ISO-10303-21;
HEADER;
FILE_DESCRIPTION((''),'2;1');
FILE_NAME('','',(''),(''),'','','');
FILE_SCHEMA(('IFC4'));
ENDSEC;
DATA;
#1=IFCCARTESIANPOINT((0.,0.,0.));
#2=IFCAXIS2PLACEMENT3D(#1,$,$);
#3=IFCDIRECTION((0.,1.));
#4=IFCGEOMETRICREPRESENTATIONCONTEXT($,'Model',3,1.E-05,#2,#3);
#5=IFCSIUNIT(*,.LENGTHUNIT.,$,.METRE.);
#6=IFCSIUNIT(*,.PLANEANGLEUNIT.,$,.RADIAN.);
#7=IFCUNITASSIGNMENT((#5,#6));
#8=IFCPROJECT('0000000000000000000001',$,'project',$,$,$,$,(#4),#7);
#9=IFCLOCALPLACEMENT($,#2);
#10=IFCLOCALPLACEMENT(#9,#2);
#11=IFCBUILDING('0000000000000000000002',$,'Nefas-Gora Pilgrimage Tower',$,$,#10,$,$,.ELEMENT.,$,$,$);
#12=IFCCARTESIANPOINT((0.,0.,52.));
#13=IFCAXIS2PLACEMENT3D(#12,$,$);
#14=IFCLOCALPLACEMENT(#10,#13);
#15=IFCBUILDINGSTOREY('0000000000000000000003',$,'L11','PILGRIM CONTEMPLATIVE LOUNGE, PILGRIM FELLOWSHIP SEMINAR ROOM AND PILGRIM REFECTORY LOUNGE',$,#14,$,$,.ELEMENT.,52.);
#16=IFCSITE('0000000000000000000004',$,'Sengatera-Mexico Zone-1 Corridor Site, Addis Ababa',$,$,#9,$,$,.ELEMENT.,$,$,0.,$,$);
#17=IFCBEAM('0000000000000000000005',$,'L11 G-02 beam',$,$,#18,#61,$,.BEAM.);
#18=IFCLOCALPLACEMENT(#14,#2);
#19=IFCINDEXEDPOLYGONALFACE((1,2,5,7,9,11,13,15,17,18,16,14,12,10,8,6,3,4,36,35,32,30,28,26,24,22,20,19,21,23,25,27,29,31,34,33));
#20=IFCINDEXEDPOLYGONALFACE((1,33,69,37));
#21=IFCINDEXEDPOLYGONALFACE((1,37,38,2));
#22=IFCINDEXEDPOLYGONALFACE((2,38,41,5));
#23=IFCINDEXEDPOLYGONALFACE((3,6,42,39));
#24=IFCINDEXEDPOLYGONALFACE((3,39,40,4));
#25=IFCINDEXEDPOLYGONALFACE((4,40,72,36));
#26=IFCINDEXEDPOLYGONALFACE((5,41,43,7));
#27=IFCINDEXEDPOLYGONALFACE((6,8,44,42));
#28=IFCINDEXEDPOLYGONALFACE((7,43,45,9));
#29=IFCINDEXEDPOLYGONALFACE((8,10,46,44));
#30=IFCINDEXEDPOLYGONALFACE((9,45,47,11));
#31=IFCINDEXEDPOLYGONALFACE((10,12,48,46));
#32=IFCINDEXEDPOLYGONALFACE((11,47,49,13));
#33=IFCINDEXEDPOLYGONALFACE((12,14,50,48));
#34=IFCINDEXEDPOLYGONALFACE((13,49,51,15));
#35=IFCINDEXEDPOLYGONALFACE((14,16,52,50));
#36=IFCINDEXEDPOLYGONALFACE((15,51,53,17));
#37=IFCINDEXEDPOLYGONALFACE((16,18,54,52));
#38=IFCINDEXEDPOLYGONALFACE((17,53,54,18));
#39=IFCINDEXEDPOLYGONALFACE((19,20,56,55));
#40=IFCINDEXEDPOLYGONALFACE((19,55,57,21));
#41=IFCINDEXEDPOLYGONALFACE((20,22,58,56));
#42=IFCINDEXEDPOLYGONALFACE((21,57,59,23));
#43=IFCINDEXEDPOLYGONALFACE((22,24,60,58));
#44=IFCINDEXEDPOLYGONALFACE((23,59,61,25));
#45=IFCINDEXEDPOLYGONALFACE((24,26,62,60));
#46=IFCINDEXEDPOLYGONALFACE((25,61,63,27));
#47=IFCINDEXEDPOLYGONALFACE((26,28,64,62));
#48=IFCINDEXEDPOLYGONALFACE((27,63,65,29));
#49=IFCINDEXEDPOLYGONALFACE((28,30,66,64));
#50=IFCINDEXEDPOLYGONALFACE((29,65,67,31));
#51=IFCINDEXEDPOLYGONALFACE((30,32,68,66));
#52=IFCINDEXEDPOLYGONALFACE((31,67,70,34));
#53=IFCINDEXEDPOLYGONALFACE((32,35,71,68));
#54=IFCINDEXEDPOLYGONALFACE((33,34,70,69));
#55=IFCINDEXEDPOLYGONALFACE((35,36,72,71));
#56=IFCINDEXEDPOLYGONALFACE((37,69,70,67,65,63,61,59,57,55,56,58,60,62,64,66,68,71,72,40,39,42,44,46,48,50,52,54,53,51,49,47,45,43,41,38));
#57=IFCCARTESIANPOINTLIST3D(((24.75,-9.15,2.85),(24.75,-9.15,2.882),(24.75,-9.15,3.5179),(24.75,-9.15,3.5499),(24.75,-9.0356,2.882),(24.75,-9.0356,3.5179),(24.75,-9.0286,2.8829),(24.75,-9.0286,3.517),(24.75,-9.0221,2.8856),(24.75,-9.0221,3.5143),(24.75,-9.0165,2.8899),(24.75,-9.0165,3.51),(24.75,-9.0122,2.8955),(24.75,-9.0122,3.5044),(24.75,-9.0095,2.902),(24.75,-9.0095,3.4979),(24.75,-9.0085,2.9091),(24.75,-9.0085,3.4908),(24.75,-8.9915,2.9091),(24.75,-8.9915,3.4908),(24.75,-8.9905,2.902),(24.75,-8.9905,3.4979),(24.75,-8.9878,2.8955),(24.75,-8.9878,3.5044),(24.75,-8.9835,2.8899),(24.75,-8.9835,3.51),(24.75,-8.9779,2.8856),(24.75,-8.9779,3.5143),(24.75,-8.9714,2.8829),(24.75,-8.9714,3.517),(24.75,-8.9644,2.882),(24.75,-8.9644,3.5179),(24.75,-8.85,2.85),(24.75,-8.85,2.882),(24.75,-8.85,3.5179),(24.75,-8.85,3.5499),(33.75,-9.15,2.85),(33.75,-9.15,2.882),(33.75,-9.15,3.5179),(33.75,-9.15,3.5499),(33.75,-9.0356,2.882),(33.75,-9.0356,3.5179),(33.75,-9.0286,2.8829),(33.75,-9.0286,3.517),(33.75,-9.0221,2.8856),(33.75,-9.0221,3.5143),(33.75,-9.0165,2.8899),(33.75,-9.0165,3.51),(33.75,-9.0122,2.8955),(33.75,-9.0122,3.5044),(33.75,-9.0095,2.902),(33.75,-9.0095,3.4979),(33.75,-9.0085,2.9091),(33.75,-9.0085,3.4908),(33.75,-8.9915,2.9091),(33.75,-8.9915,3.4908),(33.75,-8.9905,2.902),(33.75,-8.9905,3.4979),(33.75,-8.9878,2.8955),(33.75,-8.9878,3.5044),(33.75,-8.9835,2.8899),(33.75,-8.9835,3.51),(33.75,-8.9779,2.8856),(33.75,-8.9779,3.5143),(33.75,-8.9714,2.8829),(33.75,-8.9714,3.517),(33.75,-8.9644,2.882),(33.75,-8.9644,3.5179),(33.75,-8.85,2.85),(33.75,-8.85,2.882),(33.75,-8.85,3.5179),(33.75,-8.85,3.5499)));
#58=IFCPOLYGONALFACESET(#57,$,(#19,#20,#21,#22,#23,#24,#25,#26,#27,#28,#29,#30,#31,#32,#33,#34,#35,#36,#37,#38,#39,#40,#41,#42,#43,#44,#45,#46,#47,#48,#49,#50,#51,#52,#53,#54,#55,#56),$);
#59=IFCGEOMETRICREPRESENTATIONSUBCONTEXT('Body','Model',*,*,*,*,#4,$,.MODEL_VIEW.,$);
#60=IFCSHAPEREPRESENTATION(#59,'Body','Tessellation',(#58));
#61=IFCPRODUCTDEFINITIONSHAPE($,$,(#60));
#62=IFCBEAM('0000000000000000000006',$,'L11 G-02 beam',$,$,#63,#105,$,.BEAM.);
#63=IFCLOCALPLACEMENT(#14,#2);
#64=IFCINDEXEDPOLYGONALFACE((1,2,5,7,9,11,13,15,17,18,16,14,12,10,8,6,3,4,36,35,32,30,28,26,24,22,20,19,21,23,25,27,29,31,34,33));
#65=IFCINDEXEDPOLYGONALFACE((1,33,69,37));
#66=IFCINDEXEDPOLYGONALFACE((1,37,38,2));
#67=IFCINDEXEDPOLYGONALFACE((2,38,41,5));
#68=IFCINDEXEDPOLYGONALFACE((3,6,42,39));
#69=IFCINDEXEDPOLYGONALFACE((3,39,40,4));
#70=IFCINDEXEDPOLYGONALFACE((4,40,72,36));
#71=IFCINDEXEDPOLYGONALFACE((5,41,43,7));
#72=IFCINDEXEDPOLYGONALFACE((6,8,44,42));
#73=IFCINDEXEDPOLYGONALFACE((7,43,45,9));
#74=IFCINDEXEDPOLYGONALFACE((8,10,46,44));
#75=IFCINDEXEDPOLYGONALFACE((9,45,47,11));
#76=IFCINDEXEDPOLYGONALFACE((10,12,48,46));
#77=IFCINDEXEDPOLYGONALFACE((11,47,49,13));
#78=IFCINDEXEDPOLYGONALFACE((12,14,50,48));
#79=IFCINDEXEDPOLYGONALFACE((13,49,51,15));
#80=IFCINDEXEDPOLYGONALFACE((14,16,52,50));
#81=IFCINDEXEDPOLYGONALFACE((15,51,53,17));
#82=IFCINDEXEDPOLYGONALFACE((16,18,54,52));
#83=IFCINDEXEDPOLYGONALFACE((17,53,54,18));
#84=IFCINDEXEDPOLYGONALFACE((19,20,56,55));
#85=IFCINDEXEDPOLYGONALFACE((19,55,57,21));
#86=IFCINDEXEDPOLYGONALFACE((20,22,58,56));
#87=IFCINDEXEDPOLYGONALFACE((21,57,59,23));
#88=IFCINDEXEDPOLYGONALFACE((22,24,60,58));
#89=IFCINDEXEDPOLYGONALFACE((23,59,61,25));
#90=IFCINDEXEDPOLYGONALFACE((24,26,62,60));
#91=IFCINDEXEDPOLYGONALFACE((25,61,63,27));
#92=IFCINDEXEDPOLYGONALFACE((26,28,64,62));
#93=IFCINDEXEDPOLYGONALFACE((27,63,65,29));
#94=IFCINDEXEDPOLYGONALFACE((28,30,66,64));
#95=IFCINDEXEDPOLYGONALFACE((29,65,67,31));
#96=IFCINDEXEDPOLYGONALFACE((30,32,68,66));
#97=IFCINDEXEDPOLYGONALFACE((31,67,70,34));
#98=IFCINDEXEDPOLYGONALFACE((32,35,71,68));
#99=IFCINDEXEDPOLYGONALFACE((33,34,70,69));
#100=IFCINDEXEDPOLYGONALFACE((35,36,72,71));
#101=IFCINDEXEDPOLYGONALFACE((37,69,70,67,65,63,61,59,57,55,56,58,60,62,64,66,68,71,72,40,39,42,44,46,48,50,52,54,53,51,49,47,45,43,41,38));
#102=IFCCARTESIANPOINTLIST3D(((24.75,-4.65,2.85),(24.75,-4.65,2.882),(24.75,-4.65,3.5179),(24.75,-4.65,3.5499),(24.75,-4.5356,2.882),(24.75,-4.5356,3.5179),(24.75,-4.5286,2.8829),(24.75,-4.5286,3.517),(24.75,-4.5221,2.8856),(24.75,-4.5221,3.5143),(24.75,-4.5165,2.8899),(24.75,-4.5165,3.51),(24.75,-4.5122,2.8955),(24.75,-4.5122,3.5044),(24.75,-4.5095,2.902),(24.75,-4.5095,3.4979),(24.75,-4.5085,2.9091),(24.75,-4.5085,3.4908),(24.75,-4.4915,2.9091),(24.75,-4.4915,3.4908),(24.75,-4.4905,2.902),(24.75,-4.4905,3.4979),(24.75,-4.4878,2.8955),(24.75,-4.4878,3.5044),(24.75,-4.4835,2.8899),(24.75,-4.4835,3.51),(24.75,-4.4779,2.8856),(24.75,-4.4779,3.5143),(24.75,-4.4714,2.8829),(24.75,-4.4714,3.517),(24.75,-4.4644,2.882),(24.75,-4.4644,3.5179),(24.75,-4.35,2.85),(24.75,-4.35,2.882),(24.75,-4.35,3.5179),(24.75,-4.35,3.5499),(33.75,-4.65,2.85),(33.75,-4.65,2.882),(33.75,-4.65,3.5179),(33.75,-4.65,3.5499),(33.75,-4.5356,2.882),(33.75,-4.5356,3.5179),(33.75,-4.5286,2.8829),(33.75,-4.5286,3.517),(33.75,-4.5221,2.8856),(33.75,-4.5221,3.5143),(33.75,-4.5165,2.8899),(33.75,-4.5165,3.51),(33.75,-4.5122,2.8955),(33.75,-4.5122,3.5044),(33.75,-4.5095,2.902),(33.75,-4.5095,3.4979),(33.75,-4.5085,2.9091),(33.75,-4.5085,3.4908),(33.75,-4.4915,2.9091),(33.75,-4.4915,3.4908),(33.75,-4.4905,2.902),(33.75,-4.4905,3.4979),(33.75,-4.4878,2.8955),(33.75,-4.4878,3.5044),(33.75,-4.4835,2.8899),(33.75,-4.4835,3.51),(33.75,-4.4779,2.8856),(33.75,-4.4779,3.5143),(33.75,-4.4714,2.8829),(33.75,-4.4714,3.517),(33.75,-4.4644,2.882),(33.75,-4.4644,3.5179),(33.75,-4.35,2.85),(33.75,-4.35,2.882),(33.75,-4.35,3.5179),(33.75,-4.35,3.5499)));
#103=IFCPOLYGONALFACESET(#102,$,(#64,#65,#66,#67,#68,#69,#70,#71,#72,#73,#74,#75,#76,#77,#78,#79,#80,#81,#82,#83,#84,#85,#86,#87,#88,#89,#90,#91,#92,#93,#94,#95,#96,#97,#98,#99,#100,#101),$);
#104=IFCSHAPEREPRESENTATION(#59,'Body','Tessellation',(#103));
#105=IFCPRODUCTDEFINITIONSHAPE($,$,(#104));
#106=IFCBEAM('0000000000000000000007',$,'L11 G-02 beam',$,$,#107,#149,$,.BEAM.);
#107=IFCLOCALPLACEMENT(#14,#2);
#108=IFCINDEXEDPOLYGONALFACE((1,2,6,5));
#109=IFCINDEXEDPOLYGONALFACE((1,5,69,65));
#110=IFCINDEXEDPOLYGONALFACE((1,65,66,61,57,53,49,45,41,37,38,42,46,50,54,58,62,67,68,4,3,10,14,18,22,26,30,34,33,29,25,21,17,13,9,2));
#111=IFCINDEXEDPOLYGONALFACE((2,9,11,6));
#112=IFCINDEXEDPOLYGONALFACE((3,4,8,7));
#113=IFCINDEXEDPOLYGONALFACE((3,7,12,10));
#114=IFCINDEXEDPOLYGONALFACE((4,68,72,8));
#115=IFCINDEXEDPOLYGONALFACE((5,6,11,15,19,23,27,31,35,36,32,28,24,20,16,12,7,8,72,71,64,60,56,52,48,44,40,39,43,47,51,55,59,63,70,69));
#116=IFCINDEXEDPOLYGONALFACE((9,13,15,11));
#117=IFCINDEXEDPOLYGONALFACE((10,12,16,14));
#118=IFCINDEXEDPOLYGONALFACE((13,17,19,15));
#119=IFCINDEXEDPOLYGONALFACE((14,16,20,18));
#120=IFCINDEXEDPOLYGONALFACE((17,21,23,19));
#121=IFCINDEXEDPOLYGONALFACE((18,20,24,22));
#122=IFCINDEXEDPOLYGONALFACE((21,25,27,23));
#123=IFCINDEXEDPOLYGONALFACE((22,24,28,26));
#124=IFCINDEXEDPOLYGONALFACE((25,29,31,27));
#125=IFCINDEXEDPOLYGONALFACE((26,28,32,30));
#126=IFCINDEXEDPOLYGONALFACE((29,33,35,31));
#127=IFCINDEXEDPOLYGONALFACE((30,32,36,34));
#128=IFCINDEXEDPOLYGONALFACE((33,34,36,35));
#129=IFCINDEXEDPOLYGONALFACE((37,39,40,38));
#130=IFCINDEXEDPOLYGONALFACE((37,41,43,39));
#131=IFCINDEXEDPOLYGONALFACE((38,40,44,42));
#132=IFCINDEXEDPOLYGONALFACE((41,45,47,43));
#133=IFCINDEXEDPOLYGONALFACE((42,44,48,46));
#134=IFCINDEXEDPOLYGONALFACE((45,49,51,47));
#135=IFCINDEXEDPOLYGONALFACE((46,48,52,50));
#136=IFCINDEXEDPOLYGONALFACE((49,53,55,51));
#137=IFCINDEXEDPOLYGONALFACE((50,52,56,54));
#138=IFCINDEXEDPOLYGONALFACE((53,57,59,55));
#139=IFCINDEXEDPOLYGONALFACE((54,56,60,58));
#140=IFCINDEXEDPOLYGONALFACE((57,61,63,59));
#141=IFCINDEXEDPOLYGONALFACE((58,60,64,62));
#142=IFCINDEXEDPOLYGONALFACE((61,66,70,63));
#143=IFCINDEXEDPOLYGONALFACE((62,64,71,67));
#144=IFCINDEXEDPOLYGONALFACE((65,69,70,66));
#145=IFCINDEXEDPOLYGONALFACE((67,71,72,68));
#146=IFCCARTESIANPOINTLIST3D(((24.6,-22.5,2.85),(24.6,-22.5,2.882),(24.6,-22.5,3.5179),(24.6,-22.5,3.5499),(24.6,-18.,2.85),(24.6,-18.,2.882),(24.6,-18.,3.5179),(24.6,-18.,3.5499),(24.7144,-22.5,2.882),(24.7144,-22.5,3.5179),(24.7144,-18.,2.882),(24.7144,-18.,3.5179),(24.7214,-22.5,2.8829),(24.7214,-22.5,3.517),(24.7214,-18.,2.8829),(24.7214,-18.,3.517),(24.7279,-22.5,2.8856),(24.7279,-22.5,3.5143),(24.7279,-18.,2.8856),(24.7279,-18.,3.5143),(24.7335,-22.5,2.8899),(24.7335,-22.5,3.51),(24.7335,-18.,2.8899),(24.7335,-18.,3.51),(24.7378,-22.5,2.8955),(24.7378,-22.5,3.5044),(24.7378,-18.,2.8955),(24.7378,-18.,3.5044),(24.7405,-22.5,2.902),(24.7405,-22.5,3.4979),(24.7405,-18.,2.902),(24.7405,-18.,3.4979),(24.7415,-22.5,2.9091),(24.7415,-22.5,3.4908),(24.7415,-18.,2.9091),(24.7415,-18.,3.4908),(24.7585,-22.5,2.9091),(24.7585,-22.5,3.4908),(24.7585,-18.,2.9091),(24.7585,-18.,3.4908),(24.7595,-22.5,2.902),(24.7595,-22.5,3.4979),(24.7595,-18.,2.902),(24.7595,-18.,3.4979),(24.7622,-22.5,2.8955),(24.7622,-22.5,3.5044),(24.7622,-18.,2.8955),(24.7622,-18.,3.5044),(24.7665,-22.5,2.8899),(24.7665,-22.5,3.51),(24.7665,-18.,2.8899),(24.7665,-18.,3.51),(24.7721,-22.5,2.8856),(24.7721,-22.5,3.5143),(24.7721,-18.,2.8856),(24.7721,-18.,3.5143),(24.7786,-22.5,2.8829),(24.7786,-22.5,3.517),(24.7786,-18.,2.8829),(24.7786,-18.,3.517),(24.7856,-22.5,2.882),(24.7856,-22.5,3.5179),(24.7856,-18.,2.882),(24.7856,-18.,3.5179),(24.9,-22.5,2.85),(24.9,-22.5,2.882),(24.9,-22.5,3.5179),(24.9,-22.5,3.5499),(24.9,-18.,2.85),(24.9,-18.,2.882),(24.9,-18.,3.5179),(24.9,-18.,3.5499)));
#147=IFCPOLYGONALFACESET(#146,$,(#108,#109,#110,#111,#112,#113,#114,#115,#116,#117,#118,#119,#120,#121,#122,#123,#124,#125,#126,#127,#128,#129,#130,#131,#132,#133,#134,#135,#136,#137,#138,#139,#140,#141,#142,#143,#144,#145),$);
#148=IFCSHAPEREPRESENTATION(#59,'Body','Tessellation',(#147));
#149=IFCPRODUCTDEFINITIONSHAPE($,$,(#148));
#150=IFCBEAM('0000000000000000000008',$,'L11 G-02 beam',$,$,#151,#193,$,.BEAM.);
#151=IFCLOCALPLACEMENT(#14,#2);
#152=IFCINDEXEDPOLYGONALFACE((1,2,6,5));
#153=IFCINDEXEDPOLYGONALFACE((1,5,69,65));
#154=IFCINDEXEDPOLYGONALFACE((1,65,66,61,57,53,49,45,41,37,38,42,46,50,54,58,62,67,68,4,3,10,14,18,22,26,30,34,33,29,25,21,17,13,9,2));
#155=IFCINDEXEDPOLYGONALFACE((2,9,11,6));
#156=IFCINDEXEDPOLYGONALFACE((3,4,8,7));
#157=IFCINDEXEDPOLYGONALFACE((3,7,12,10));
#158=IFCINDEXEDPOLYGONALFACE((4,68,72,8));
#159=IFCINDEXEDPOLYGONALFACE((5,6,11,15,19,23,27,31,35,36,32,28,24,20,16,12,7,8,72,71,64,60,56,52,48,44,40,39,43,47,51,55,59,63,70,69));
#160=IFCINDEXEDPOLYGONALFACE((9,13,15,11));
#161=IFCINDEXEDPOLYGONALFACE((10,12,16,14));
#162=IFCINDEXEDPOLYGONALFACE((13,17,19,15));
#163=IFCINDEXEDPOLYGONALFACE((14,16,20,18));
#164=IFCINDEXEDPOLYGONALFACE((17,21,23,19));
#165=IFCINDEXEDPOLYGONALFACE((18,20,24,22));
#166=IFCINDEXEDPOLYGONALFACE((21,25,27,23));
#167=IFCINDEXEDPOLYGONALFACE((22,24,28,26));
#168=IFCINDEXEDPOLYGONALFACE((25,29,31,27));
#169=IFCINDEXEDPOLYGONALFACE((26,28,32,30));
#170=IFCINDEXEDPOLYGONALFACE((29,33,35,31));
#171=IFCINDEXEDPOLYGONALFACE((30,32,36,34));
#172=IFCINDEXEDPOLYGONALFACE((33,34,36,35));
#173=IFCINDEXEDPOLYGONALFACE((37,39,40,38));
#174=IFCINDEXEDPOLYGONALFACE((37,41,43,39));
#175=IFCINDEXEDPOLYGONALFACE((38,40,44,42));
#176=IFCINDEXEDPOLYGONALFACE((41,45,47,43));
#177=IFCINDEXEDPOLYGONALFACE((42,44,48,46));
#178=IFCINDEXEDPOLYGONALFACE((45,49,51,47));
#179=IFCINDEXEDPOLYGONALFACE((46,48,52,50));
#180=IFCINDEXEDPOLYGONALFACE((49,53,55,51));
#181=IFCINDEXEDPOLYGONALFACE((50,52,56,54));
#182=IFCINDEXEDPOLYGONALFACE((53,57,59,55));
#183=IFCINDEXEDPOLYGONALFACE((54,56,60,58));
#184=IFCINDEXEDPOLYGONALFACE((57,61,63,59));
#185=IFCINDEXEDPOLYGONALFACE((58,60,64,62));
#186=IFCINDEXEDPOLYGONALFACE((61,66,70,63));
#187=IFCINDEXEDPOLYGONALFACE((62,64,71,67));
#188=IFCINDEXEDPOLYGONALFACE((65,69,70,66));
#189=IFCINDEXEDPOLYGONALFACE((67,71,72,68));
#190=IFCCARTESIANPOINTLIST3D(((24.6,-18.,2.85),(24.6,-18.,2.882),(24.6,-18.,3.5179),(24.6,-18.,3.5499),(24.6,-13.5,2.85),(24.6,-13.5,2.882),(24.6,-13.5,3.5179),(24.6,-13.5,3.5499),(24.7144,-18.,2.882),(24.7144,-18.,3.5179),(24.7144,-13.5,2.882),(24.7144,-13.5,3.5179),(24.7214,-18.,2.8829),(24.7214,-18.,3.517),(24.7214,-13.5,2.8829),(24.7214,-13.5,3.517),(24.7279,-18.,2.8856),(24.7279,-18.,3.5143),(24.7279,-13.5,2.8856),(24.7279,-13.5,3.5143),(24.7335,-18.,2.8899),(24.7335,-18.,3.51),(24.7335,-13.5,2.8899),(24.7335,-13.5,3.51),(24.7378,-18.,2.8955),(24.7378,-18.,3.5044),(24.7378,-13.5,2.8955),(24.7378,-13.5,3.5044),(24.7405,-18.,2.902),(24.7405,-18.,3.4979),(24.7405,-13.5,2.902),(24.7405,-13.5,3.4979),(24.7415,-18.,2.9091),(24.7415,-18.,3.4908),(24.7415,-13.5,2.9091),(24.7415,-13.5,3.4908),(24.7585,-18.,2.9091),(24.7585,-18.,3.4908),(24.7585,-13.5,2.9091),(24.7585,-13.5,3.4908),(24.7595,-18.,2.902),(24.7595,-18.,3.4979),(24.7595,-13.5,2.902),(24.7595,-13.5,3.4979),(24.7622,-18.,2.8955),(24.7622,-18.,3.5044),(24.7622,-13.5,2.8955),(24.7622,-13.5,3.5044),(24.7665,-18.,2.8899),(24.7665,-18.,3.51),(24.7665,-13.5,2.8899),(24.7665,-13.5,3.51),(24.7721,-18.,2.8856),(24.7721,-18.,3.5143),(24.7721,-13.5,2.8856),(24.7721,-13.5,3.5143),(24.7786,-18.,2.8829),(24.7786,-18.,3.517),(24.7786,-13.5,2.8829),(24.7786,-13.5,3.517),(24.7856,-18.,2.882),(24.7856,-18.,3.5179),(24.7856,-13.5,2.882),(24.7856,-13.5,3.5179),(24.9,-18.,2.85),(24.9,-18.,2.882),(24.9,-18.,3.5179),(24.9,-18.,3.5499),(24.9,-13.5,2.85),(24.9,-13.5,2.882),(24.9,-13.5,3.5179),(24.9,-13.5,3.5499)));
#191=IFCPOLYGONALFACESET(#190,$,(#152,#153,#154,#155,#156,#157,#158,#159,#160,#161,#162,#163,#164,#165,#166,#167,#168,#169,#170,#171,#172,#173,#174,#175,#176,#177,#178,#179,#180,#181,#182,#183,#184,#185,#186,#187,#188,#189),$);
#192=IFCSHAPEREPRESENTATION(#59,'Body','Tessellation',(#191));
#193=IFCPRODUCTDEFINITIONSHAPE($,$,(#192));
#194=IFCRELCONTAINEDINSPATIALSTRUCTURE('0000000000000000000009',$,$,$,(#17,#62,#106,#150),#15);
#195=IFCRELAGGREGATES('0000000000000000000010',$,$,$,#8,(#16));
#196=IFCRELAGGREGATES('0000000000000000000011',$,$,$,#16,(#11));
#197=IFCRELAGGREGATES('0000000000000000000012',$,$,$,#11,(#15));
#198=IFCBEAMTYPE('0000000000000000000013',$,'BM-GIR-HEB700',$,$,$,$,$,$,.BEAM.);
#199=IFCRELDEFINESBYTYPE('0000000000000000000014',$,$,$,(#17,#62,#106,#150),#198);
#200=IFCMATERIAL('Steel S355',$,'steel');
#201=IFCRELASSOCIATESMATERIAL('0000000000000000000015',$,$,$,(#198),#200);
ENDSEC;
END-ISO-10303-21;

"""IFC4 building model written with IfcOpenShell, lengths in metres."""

from ifc_helpers import new_model, si_unit, direction, frame, origin, origin_2d, place, context, subcontext, project, spatial, i_section, extrude, source, transform, mapped, material, material_profile, profile_set, type_object, element, save


model = new_model("IFC4")

# Units and contexts
model_context = context("Model", 3, precision=1e-05, world=origin(), true_north=direction((0.0, 1.0)))
body_context = subcontext(model_context, "Body", "Model", "MODEL_VIEW")
ifc_project = project(units=[si_unit("LENGTHUNIT", "METRE"), si_unit("PLANEANGLEUNIT", "RADIAN")], contexts=[model_context])

# Site, building, storey
site_placement = place(None, origin())
site = spatial("IfcSite", under=ifc_project, at=site_placement, Name="Sengatera-Mexico Zone-1 Corridor Site, Addis Ababa", CompositionType="ELEMENT", RefElevation=0.0)
building_placement = place(site_placement, origin())
building = spatial("IfcBuilding", under=site, at=building_placement, Name="Nefas-Gora Pilgrimage Tower", CompositionType="ELEMENT")
storey_placement = place(building_placement, frame((0.0, 0.0, 52.0)))
storey = spatial("IfcBuildingStorey", under=building, at=storey_placement, Name="L11", Description="PILGRIM CONTEMPLATIVE LOUNGE, PILGRIM FELLOWSHIP SEMINAR ROOM AND PILGRIM REFECTORY LOUNGE", CompositionType="ELEMENT", Elevation=52.0)

# Beams
ifc_material_1 = material(Name="Steel S355", Category="steel")
ifc_material_profile_1 = material_profile(ifc_material_1, i_section(OverallWidth=0.3, OverallDepth=0.7, WebThickness=0.0171, FlangeThickness=0.032, FilletRadius=0.0271, at=origin_2d()), Name="HEB 700")
ifc_profile_set_1 = profile_set([ifc_material_profile_1], Name="Steel S355")
beam_type_1 = type_object("IfcBeamType", Name="BM-GIR-HEB700", PredefinedType="BEAM", material=ifc_profile_set_1)
shared_shape_1 = source(origin(), body_context, "Body", "SweptSolid", [
    extrude(i_section(OverallWidth=0.3, OverallDepth=0.7, WebThickness=0.0171, FlangeThickness=0.032, FilletRadius=0.0271, at=origin_2d()), origin(), (0.0, 0.0, 1.0), 9.0),
])
for number, where, z_axis, x_axis, name in (
    (1, (24.75, -9.0, 3.2), (1.0, 0.0, 0.0), (0.0, 1.0, 0.0), "L11 G-02 beam"),
    (2, (24.75, -4.5, 3.2), (1.0, 0.0, 0.0), (0.0, 1.0, 0.0), "L11 G-02 beam"),
):
    element("IfcBeam", number, at=place(storey_placement, frame(where, z_axis=z_axis, x_axis=x_axis)), inside=storey, type_object=beam_type_1, Name=name, PredefinedType="BEAM", context=body_context, shape_type="MappedRepresentation", body=[
        mapped(shared_shape_1, transform((0.0, 0.0, 0.0), x_axis=(1.0, 0.0, 0.0), y_axis=(0.0, 1.0, 0.0), z_axis=(0.0, 0.0, 1.0), scale=1.0)),
    ])
shared_shape_2 = source(origin(), body_context, "Body", "SweptSolid", [
    extrude(i_section(OverallWidth=0.3, OverallDepth=0.7, WebThickness=0.0171, FlangeThickness=0.032, FilletRadius=0.0271, at=origin_2d()), origin(), (0.0, 0.0, 1.0), 4.5),
])
for number, where, z_axis, x_axis, name in (
    (3, (24.75, -22.5, 3.2), (0.0, 1.0, 0.0), (-1.0, 0.0, 0.0), "L11 G-02 beam"),
    (4, (24.75, -18.0, 3.2), (0.0, 1.0, 0.0), (-1.0, 0.0, 0.0), "L11 G-02 beam"),
):
    element("IfcBeam", number, at=place(storey_placement, frame(where, z_axis=z_axis, x_axis=x_axis)), inside=storey, type_object=beam_type_1, Name=name, PredefinedType="BEAM", context=body_context, shape_type="MappedRepresentation", body=[
        mapped(shared_shape_2, transform((0.0, 0.0, 0.0), x_axis=(1.0, 0.0, 0.0), y_axis=(0.0, 1.0, 0.0), z_axis=(0.0, 0.0, 1.0), scale=1.0)),
    ])

save(model, "model.ifc")
